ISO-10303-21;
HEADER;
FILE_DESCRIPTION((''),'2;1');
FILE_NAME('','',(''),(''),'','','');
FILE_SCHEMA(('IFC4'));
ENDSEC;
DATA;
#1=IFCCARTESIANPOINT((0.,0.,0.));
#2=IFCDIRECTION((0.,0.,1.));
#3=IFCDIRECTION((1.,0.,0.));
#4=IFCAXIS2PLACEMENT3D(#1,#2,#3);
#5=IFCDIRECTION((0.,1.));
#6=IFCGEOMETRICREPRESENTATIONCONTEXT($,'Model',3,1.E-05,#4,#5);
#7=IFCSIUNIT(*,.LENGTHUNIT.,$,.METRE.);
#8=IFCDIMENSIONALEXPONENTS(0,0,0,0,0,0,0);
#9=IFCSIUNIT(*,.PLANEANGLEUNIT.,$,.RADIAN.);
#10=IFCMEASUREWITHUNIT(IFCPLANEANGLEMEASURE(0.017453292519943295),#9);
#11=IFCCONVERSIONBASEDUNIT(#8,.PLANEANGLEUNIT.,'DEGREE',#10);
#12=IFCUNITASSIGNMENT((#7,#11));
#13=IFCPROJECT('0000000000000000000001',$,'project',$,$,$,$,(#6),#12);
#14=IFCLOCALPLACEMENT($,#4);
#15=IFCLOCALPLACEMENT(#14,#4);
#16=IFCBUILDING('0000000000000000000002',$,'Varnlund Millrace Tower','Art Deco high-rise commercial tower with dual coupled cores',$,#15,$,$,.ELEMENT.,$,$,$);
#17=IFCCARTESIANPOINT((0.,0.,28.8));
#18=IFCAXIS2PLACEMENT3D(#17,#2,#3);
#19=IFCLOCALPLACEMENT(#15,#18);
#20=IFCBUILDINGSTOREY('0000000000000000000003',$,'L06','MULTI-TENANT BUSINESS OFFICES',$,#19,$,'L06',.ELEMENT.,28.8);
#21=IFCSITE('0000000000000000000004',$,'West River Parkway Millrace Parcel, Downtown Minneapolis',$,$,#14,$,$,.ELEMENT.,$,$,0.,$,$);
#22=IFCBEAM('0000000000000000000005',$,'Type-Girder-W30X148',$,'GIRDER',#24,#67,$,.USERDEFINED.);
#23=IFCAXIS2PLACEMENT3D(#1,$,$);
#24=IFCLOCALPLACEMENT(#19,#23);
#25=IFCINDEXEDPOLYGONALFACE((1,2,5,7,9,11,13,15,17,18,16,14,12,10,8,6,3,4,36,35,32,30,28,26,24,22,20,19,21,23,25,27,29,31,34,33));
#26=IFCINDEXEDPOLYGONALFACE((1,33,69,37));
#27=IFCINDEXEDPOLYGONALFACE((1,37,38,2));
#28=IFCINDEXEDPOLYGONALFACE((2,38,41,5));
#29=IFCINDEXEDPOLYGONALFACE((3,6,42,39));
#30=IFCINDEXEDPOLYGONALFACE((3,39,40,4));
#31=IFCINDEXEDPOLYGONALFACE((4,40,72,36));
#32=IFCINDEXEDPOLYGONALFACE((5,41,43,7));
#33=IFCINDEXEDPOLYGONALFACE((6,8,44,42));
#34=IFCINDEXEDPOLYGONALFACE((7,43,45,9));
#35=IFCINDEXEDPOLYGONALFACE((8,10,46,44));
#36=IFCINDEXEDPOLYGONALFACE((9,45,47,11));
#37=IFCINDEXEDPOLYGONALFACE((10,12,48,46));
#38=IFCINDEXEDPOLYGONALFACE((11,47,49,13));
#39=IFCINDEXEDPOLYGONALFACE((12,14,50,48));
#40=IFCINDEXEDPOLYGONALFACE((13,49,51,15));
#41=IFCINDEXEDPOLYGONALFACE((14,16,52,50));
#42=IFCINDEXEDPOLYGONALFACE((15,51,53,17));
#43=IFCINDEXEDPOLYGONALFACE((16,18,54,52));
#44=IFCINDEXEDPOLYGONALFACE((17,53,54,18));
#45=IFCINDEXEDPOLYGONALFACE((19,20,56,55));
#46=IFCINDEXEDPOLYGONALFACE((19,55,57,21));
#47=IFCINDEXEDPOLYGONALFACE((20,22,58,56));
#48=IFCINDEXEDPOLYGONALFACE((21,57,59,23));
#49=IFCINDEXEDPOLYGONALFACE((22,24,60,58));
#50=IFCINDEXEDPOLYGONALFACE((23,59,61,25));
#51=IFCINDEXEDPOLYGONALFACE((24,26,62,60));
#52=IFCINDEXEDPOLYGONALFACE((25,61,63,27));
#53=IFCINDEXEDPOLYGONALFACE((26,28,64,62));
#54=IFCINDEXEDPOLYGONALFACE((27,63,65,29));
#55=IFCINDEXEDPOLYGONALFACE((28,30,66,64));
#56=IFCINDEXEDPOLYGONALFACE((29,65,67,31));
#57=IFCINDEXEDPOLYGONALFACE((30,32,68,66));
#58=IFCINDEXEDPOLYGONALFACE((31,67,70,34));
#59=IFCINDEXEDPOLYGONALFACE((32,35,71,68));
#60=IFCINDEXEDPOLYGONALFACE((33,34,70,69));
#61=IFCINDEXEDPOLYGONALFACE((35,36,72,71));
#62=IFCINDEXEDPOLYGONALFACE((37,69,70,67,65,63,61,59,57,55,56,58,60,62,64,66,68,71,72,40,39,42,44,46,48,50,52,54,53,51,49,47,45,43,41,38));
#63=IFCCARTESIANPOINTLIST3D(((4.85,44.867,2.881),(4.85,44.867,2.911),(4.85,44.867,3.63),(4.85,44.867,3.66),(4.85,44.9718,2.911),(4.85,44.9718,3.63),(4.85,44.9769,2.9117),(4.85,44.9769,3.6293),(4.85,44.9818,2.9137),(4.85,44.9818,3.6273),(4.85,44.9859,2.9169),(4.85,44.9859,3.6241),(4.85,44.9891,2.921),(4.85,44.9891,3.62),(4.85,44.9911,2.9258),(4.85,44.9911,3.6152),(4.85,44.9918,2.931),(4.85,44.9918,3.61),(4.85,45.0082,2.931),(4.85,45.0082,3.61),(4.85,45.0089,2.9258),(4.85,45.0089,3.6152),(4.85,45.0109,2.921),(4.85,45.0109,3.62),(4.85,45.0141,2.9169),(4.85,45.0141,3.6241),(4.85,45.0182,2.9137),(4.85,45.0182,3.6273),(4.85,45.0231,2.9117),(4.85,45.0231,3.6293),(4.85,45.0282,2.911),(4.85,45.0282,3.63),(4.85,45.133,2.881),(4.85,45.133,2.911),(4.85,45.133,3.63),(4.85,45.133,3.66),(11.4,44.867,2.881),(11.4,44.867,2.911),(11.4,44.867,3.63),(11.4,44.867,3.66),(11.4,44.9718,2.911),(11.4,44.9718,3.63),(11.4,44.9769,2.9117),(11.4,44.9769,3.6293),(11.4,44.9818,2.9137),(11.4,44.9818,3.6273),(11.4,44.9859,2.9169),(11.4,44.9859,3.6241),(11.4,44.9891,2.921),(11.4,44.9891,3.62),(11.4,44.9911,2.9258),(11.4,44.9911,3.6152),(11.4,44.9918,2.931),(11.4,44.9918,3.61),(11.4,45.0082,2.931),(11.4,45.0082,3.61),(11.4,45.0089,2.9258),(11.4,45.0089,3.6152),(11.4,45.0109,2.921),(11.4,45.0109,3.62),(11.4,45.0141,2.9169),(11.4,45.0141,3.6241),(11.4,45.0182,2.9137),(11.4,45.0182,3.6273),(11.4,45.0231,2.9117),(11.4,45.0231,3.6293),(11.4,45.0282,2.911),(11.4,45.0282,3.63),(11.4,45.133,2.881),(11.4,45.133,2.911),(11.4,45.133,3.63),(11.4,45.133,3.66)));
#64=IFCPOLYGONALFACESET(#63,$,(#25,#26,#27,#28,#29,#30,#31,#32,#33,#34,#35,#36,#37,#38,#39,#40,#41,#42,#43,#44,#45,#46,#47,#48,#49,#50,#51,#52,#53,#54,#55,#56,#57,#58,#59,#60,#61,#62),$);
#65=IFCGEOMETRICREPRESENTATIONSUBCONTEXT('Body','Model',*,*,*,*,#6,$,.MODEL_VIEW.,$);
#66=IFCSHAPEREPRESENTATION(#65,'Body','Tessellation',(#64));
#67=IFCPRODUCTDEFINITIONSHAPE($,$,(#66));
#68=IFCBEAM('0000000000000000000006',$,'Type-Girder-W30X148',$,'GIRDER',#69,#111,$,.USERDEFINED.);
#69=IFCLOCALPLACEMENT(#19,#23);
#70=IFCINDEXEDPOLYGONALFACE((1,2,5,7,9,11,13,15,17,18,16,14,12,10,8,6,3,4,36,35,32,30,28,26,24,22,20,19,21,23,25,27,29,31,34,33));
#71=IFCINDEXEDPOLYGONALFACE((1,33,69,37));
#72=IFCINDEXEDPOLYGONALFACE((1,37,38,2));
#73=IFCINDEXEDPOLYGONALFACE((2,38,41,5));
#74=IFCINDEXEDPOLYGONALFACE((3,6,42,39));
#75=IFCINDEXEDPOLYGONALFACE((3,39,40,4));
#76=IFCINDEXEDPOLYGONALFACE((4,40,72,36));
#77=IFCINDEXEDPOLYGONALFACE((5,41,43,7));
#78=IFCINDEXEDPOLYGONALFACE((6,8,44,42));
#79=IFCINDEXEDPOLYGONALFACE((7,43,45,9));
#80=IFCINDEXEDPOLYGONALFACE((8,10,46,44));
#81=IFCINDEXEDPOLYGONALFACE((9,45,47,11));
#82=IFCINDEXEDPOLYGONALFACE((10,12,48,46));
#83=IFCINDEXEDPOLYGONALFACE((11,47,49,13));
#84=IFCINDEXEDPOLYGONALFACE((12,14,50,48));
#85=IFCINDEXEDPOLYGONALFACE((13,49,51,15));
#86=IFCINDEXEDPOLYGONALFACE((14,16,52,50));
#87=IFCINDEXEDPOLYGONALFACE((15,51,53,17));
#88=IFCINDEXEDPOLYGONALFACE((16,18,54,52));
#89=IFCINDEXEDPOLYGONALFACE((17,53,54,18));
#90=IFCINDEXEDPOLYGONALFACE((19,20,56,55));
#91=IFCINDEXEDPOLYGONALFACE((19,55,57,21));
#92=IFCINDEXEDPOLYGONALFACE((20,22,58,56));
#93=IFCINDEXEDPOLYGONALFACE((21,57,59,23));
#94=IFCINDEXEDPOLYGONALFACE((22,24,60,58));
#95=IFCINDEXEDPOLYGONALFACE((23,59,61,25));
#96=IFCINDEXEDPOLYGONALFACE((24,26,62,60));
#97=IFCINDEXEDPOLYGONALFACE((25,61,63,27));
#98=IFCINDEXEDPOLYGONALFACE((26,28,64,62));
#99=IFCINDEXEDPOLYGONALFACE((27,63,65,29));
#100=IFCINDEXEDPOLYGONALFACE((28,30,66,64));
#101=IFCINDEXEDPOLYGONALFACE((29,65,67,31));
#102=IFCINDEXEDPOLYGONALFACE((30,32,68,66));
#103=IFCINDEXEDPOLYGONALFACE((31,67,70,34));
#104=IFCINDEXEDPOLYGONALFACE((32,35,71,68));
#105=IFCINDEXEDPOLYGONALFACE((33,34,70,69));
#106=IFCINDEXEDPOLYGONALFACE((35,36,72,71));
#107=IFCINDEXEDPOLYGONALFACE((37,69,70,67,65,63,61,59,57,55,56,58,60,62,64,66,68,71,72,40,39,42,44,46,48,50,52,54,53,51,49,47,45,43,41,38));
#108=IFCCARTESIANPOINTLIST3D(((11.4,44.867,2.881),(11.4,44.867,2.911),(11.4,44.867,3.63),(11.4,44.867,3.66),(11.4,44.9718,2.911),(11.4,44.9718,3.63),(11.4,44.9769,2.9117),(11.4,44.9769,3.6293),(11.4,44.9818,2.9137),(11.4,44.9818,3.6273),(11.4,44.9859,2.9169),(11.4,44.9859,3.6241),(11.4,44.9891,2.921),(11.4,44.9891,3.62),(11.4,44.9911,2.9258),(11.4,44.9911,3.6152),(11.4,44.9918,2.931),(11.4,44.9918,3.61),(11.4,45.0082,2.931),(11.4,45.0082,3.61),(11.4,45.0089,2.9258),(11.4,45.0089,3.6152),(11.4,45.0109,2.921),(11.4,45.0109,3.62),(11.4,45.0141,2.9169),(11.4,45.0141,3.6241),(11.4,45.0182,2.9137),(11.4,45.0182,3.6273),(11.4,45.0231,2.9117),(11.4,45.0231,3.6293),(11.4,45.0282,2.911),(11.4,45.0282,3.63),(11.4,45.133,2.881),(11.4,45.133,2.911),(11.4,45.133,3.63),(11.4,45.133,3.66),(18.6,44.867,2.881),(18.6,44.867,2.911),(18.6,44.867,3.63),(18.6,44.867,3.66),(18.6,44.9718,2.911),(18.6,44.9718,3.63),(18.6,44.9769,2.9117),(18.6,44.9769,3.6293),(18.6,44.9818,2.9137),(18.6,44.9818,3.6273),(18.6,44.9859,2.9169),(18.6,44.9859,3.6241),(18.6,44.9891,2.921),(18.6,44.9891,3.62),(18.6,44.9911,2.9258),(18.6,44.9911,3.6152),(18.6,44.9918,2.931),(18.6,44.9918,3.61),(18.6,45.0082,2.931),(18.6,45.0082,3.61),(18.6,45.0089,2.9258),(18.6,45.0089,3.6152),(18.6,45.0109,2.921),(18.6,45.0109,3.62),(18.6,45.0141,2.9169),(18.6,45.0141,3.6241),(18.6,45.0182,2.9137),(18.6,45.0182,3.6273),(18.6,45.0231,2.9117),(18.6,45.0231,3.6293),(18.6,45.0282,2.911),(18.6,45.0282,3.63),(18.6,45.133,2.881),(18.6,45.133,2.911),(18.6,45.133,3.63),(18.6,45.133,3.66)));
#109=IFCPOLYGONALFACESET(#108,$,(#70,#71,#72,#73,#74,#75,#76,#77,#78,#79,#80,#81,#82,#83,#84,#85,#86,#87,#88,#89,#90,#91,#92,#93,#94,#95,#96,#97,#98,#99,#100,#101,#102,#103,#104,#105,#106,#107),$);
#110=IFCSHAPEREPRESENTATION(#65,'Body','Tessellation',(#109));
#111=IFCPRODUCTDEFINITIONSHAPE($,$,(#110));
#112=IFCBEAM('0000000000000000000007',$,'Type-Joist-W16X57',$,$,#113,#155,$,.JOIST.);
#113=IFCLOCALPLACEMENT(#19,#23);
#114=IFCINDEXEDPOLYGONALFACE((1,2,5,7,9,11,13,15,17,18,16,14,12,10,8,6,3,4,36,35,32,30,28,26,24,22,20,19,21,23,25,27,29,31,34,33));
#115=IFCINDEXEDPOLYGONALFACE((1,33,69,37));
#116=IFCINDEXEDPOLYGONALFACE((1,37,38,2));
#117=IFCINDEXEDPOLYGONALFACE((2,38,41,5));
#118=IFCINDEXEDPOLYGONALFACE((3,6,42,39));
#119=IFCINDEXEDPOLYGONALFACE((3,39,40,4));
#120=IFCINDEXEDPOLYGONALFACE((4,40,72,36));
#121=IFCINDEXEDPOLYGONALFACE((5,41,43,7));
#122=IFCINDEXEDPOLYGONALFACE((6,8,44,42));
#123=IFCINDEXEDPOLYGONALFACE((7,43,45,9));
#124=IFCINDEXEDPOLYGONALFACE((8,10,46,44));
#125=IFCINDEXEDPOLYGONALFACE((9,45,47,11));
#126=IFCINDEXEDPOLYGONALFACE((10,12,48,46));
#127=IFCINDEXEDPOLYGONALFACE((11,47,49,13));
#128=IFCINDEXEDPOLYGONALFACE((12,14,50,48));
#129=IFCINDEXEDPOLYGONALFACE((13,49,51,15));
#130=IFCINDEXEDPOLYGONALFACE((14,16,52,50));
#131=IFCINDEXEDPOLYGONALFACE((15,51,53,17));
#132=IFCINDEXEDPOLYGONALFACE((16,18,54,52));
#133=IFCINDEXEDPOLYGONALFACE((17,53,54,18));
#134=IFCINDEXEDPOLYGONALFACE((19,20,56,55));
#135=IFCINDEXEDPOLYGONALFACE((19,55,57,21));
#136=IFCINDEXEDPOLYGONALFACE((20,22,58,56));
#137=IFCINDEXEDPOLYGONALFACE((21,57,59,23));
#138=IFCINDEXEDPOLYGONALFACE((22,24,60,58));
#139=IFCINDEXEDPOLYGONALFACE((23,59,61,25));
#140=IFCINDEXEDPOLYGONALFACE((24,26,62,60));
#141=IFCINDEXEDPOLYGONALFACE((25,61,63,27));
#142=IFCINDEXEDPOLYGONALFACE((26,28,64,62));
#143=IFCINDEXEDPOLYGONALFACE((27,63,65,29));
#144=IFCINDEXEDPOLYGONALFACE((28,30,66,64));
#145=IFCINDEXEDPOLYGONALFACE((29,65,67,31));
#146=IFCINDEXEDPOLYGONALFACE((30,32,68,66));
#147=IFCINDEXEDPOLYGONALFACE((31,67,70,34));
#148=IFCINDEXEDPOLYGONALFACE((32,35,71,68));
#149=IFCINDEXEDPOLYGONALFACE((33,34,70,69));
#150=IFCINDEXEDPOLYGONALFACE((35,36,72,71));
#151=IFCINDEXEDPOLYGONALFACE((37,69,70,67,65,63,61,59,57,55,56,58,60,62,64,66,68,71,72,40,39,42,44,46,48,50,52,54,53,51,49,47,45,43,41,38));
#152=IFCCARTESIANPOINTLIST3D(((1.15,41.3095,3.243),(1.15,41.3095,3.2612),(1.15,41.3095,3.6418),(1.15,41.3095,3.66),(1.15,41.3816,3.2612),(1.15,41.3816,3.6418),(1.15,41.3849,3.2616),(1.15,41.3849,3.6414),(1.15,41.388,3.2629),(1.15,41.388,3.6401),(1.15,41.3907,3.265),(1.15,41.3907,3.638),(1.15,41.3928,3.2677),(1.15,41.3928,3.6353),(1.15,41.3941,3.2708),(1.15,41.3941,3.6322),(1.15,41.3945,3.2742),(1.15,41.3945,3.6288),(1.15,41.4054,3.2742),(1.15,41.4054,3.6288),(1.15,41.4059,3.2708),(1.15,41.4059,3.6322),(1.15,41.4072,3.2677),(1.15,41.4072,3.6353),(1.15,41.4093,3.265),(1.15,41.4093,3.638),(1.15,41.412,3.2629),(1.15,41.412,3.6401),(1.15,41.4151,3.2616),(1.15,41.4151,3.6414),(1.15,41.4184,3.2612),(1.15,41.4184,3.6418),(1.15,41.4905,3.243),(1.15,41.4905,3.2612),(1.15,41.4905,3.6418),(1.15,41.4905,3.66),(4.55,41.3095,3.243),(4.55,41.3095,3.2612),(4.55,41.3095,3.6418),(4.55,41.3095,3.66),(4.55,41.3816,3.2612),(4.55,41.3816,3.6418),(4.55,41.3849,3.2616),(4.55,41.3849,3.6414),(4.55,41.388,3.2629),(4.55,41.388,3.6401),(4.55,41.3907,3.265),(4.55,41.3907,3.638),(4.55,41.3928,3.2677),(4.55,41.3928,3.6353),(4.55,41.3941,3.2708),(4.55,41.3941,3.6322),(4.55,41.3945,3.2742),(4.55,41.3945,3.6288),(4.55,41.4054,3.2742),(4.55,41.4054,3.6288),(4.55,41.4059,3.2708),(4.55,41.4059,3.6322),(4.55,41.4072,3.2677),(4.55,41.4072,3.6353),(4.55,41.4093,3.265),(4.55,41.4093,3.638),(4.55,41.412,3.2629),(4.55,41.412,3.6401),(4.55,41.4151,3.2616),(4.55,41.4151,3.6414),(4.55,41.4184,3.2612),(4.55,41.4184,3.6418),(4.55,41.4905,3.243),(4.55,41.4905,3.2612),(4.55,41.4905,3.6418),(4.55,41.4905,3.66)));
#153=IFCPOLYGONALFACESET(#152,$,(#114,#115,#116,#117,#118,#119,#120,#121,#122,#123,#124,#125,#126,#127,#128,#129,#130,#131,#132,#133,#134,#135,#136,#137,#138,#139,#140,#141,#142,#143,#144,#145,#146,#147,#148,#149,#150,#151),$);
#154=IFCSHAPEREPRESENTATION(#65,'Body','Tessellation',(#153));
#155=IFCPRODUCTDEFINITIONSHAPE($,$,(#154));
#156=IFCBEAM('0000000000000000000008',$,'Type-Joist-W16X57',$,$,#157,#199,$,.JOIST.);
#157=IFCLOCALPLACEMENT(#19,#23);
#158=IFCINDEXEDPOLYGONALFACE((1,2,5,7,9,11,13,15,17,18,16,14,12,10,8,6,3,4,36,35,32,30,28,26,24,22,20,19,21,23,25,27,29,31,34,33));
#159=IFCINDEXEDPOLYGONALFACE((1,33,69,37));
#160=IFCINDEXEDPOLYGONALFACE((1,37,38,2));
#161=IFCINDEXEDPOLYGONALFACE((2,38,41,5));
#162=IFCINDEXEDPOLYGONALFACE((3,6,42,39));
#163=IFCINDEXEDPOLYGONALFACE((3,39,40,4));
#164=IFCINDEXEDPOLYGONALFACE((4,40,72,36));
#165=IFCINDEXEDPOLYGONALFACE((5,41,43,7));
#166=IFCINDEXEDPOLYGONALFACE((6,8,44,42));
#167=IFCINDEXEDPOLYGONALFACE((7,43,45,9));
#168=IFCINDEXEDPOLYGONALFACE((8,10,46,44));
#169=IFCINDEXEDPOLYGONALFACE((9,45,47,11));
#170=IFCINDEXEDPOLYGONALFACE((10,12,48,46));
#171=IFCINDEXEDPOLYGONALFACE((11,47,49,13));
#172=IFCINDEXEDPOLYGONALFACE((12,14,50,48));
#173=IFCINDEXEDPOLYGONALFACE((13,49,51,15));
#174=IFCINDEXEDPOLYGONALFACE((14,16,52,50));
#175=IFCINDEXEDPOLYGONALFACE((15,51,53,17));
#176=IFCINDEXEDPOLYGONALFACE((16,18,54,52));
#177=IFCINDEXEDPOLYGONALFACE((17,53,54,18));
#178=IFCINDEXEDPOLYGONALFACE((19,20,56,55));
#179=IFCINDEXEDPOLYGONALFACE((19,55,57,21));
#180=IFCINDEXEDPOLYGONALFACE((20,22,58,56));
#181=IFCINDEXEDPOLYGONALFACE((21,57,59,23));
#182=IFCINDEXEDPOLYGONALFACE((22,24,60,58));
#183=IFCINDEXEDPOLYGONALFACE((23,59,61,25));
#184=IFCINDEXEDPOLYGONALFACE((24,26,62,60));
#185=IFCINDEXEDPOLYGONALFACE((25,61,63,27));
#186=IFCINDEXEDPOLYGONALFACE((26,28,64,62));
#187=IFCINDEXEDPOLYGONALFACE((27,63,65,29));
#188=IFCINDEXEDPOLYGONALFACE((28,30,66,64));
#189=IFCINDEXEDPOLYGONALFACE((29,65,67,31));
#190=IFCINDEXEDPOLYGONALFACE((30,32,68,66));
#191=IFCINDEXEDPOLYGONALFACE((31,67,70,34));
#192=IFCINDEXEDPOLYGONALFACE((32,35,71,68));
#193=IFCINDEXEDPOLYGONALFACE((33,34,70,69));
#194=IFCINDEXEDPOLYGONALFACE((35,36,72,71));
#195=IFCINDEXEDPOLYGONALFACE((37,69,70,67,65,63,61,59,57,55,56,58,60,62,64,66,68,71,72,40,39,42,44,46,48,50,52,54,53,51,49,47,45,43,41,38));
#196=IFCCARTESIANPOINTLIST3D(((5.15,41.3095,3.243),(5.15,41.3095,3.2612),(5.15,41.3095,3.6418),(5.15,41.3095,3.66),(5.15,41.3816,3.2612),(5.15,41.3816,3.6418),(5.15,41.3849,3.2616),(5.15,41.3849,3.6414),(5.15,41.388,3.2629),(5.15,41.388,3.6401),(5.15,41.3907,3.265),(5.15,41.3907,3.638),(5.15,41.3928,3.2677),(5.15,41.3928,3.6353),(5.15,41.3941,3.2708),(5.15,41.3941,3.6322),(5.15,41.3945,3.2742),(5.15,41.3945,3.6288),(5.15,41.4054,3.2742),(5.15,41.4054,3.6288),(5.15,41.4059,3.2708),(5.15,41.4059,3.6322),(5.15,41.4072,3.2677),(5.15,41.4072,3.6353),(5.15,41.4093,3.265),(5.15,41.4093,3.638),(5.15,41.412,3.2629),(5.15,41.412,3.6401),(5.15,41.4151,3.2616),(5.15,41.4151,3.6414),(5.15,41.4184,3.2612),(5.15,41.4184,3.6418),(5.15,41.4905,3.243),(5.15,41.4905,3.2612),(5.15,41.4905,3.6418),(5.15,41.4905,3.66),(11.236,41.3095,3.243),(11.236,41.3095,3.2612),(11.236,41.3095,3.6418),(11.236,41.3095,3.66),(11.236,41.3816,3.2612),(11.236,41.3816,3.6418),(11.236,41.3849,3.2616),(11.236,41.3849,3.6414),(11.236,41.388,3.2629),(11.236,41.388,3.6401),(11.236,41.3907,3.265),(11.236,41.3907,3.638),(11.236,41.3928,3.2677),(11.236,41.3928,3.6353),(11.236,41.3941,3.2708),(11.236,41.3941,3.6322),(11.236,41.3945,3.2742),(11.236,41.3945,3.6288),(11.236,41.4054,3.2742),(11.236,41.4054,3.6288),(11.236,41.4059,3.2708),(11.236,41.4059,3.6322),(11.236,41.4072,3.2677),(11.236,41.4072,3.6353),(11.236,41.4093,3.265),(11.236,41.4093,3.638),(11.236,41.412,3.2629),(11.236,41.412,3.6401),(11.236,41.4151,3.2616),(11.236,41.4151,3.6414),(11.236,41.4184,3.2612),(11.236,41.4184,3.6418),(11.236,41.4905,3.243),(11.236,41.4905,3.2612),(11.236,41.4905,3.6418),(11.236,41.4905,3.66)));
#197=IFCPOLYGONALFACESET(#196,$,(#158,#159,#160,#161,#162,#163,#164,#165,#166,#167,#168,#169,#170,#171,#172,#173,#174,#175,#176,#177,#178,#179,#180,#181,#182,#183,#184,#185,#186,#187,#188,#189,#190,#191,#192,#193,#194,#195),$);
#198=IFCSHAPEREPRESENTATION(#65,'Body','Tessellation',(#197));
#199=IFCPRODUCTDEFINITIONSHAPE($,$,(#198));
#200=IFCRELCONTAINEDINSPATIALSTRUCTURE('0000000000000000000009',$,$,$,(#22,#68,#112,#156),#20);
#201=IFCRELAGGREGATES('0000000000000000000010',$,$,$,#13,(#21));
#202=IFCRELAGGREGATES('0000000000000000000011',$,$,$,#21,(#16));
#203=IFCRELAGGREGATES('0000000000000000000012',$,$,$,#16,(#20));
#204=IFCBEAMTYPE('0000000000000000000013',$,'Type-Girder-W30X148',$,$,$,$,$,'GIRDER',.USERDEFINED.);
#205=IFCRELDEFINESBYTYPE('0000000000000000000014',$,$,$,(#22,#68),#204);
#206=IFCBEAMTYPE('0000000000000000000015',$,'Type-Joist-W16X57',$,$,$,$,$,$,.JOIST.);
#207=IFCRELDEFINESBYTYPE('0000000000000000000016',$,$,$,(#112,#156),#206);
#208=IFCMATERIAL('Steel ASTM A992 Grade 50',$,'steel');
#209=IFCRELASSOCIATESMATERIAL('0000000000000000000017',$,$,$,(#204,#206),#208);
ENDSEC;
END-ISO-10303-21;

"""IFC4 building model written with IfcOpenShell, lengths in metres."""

from ifc_helpers import new_model, entity, si_unit, converted_unit, direction, frame, origin_with_axes, origin_2d_with_axis, place, context, subcontext, project, spatial, i_section, extrude, material, material_profile, profile_set, type_object, element, save


model = new_model("IFC4")

# Units and contexts
model_context = context("Model", 3, precision=1e-05, world=origin_with_axes(), true_north=direction((0.0, 1.0)))
body_context = subcontext(model_context, "Body", "Model", "MODEL_VIEW")
ifc_project = project(units=[si_unit("LENGTHUNIT", "METRE"), converted_unit("PLANEANGLEUNIT", "DEGREE", entity("IfcPlaneAngleMeasure", 0.017453292519943295), si_unit("PLANEANGLEUNIT", "RADIAN"), dimensions=[0, 0, 0, 0, 0, 0, 0])], contexts=[model_context])

# Site, building, storey
site_placement = place(None, origin_with_axes())
site = spatial("IfcSite", under=ifc_project, at=site_placement, Name="West River Parkway Millrace Parcel, Downtown Minneapolis", CompositionType="ELEMENT", RefElevation=0.0)
building_placement = place(site_placement, origin_with_axes())
building = spatial("IfcBuilding", under=site, at=building_placement, Name="Varnlund Millrace Tower", Description="Art Deco high-rise commercial tower with dual coupled cores", CompositionType="ELEMENT")
storey_placement = place(building_placement, frame((0.0, 0.0, 28.8), z_axis=(0.0, 0.0, 1.0), x_axis=(1.0, 0.0, 0.0)))
storey = spatial("IfcBuildingStorey", under=building, at=storey_placement, Name="L06", Description="MULTI-TENANT BUSINESS OFFICES", LongName="L06", CompositionType="ELEMENT", Elevation=28.8)

# Beams
ifc_material_1 = material(Name="Steel ASTM A992 Grade 50", Category="steel")
ifc_material_profile_1 = material_profile(ifc_material_1, i_section(OverallWidth=0.266, OverallDepth=0.779, WebThickness=0.0165, FlangeThickness=0.03, FilletRadius=0.02, at=origin_2d_with_axis()), Name="Steel ASTM A992 Grade 50")
ifc_profile_set_1 = profile_set([ifc_material_profile_1], Name="Steel ASTM A992 Grade 50")
beam_type_1 = type_object("IfcBeamType", Name="Type-Girder-W30X148", ElementType="GIRDER", PredefinedType="USERDEFINED", material=ifc_profile_set_1)
beam_1_placement = place(storey_placement, frame((4.85, 45.0, 3.2705), z_axis=(1.0, 0.0, 0.0), x_axis=(0.0, 1.0, 0.0)))
element("IfcBeam", 1, at=beam_1_placement, inside=storey, type_object=beam_type_1, Name="Type-Girder-W30X148", ObjectType="GIRDER", PredefinedType="USERDEFINED", context=body_context, shape_type="SweptSolid", body=[
    extrude(i_section(OverallWidth=0.266, OverallDepth=0.779, WebThickness=0.0165, FlangeThickness=0.03, FilletRadius=0.02, at=origin_2d_with_axis()), origin_with_axes(), (0.0, 0.0, 1.0), 6.55),
])
beam_2_placement = place(storey_placement, frame((11.4, 45.0, 3.2705), z_axis=(1.0, 0.0, 0.0), x_axis=(0.0, 1.0, 0.0)))
element("IfcBeam", 2, at=beam_2_placement, inside=storey, type_object=beam_type_1, Name="Type-Girder-W30X148", ObjectType="GIRDER", PredefinedType="USERDEFINED", context=body_context, shape_type="SweptSolid", body=[
    extrude(i_section(OverallWidth=0.266, OverallDepth=0.779, WebThickness=0.0165, FlangeThickness=0.03, FilletRadius=0.02, at=origin_2d_with_axis()), origin_with_axes(), (0.0, 0.0, 1.0), 7.2),
])
ifc_material_profile_2 = material_profile(ifc_material_1, i_section(OverallWidth=0.181, OverallDepth=0.417, WebThickness=0.0109, FlangeThickness=0.0182, FilletRadius=0.013, at=origin_2d_with_axis()), Name="Steel ASTM A992 Grade 50")
ifc_profile_set_2 = profile_set([ifc_material_profile_2], Name="Steel ASTM A992 Grade 50")
beam_type_2 = type_object("IfcBeamType", Name="Type-Joist-W16X57", PredefinedType="JOIST", material=ifc_profile_set_2)
beam_3_placement = place(storey_placement, frame((1.15, 41.4, 3.4515), z_axis=(1.0, 0.0, 0.0), x_axis=(0.0, 1.0, 0.0)))
element("IfcBeam", 3, at=beam_3_placement, inside=storey, type_object=beam_type_2, Name="Type-Joist-W16X57", PredefinedType="JOIST", context=body_context, shape_type="SweptSolid", body=[
    extrude(i_section(OverallWidth=0.181, OverallDepth=0.417, WebThickness=0.0109, FlangeThickness=0.0182, FilletRadius=0.013, at=origin_2d_with_axis()), origin_with_axes(), (0.0, 0.0, 1.0), 3.4),
])
beam_4_placement = place(storey_placement, frame((5.15, 41.4, 3.4515), z_axis=(1.0, 0.0, 0.0), x_axis=(0.0, 1.0, 0.0)))
element("IfcBeam", 4, at=beam_4_placement, inside=storey, type_object=beam_type_2, Name="Type-Joist-W16X57", PredefinedType="JOIST", context=body_context, shape_type="SweptSolid", body=[
    extrude(i_section(OverallWidth=0.181, OverallDepth=0.417, WebThickness=0.0109, FlangeThickness=0.0182, FilletRadius=0.013, at=origin_2d_with_axis()), origin_with_axes(), (0.0, 0.0, 1.0), 6.086),
])

save(model, "model.ifc")
